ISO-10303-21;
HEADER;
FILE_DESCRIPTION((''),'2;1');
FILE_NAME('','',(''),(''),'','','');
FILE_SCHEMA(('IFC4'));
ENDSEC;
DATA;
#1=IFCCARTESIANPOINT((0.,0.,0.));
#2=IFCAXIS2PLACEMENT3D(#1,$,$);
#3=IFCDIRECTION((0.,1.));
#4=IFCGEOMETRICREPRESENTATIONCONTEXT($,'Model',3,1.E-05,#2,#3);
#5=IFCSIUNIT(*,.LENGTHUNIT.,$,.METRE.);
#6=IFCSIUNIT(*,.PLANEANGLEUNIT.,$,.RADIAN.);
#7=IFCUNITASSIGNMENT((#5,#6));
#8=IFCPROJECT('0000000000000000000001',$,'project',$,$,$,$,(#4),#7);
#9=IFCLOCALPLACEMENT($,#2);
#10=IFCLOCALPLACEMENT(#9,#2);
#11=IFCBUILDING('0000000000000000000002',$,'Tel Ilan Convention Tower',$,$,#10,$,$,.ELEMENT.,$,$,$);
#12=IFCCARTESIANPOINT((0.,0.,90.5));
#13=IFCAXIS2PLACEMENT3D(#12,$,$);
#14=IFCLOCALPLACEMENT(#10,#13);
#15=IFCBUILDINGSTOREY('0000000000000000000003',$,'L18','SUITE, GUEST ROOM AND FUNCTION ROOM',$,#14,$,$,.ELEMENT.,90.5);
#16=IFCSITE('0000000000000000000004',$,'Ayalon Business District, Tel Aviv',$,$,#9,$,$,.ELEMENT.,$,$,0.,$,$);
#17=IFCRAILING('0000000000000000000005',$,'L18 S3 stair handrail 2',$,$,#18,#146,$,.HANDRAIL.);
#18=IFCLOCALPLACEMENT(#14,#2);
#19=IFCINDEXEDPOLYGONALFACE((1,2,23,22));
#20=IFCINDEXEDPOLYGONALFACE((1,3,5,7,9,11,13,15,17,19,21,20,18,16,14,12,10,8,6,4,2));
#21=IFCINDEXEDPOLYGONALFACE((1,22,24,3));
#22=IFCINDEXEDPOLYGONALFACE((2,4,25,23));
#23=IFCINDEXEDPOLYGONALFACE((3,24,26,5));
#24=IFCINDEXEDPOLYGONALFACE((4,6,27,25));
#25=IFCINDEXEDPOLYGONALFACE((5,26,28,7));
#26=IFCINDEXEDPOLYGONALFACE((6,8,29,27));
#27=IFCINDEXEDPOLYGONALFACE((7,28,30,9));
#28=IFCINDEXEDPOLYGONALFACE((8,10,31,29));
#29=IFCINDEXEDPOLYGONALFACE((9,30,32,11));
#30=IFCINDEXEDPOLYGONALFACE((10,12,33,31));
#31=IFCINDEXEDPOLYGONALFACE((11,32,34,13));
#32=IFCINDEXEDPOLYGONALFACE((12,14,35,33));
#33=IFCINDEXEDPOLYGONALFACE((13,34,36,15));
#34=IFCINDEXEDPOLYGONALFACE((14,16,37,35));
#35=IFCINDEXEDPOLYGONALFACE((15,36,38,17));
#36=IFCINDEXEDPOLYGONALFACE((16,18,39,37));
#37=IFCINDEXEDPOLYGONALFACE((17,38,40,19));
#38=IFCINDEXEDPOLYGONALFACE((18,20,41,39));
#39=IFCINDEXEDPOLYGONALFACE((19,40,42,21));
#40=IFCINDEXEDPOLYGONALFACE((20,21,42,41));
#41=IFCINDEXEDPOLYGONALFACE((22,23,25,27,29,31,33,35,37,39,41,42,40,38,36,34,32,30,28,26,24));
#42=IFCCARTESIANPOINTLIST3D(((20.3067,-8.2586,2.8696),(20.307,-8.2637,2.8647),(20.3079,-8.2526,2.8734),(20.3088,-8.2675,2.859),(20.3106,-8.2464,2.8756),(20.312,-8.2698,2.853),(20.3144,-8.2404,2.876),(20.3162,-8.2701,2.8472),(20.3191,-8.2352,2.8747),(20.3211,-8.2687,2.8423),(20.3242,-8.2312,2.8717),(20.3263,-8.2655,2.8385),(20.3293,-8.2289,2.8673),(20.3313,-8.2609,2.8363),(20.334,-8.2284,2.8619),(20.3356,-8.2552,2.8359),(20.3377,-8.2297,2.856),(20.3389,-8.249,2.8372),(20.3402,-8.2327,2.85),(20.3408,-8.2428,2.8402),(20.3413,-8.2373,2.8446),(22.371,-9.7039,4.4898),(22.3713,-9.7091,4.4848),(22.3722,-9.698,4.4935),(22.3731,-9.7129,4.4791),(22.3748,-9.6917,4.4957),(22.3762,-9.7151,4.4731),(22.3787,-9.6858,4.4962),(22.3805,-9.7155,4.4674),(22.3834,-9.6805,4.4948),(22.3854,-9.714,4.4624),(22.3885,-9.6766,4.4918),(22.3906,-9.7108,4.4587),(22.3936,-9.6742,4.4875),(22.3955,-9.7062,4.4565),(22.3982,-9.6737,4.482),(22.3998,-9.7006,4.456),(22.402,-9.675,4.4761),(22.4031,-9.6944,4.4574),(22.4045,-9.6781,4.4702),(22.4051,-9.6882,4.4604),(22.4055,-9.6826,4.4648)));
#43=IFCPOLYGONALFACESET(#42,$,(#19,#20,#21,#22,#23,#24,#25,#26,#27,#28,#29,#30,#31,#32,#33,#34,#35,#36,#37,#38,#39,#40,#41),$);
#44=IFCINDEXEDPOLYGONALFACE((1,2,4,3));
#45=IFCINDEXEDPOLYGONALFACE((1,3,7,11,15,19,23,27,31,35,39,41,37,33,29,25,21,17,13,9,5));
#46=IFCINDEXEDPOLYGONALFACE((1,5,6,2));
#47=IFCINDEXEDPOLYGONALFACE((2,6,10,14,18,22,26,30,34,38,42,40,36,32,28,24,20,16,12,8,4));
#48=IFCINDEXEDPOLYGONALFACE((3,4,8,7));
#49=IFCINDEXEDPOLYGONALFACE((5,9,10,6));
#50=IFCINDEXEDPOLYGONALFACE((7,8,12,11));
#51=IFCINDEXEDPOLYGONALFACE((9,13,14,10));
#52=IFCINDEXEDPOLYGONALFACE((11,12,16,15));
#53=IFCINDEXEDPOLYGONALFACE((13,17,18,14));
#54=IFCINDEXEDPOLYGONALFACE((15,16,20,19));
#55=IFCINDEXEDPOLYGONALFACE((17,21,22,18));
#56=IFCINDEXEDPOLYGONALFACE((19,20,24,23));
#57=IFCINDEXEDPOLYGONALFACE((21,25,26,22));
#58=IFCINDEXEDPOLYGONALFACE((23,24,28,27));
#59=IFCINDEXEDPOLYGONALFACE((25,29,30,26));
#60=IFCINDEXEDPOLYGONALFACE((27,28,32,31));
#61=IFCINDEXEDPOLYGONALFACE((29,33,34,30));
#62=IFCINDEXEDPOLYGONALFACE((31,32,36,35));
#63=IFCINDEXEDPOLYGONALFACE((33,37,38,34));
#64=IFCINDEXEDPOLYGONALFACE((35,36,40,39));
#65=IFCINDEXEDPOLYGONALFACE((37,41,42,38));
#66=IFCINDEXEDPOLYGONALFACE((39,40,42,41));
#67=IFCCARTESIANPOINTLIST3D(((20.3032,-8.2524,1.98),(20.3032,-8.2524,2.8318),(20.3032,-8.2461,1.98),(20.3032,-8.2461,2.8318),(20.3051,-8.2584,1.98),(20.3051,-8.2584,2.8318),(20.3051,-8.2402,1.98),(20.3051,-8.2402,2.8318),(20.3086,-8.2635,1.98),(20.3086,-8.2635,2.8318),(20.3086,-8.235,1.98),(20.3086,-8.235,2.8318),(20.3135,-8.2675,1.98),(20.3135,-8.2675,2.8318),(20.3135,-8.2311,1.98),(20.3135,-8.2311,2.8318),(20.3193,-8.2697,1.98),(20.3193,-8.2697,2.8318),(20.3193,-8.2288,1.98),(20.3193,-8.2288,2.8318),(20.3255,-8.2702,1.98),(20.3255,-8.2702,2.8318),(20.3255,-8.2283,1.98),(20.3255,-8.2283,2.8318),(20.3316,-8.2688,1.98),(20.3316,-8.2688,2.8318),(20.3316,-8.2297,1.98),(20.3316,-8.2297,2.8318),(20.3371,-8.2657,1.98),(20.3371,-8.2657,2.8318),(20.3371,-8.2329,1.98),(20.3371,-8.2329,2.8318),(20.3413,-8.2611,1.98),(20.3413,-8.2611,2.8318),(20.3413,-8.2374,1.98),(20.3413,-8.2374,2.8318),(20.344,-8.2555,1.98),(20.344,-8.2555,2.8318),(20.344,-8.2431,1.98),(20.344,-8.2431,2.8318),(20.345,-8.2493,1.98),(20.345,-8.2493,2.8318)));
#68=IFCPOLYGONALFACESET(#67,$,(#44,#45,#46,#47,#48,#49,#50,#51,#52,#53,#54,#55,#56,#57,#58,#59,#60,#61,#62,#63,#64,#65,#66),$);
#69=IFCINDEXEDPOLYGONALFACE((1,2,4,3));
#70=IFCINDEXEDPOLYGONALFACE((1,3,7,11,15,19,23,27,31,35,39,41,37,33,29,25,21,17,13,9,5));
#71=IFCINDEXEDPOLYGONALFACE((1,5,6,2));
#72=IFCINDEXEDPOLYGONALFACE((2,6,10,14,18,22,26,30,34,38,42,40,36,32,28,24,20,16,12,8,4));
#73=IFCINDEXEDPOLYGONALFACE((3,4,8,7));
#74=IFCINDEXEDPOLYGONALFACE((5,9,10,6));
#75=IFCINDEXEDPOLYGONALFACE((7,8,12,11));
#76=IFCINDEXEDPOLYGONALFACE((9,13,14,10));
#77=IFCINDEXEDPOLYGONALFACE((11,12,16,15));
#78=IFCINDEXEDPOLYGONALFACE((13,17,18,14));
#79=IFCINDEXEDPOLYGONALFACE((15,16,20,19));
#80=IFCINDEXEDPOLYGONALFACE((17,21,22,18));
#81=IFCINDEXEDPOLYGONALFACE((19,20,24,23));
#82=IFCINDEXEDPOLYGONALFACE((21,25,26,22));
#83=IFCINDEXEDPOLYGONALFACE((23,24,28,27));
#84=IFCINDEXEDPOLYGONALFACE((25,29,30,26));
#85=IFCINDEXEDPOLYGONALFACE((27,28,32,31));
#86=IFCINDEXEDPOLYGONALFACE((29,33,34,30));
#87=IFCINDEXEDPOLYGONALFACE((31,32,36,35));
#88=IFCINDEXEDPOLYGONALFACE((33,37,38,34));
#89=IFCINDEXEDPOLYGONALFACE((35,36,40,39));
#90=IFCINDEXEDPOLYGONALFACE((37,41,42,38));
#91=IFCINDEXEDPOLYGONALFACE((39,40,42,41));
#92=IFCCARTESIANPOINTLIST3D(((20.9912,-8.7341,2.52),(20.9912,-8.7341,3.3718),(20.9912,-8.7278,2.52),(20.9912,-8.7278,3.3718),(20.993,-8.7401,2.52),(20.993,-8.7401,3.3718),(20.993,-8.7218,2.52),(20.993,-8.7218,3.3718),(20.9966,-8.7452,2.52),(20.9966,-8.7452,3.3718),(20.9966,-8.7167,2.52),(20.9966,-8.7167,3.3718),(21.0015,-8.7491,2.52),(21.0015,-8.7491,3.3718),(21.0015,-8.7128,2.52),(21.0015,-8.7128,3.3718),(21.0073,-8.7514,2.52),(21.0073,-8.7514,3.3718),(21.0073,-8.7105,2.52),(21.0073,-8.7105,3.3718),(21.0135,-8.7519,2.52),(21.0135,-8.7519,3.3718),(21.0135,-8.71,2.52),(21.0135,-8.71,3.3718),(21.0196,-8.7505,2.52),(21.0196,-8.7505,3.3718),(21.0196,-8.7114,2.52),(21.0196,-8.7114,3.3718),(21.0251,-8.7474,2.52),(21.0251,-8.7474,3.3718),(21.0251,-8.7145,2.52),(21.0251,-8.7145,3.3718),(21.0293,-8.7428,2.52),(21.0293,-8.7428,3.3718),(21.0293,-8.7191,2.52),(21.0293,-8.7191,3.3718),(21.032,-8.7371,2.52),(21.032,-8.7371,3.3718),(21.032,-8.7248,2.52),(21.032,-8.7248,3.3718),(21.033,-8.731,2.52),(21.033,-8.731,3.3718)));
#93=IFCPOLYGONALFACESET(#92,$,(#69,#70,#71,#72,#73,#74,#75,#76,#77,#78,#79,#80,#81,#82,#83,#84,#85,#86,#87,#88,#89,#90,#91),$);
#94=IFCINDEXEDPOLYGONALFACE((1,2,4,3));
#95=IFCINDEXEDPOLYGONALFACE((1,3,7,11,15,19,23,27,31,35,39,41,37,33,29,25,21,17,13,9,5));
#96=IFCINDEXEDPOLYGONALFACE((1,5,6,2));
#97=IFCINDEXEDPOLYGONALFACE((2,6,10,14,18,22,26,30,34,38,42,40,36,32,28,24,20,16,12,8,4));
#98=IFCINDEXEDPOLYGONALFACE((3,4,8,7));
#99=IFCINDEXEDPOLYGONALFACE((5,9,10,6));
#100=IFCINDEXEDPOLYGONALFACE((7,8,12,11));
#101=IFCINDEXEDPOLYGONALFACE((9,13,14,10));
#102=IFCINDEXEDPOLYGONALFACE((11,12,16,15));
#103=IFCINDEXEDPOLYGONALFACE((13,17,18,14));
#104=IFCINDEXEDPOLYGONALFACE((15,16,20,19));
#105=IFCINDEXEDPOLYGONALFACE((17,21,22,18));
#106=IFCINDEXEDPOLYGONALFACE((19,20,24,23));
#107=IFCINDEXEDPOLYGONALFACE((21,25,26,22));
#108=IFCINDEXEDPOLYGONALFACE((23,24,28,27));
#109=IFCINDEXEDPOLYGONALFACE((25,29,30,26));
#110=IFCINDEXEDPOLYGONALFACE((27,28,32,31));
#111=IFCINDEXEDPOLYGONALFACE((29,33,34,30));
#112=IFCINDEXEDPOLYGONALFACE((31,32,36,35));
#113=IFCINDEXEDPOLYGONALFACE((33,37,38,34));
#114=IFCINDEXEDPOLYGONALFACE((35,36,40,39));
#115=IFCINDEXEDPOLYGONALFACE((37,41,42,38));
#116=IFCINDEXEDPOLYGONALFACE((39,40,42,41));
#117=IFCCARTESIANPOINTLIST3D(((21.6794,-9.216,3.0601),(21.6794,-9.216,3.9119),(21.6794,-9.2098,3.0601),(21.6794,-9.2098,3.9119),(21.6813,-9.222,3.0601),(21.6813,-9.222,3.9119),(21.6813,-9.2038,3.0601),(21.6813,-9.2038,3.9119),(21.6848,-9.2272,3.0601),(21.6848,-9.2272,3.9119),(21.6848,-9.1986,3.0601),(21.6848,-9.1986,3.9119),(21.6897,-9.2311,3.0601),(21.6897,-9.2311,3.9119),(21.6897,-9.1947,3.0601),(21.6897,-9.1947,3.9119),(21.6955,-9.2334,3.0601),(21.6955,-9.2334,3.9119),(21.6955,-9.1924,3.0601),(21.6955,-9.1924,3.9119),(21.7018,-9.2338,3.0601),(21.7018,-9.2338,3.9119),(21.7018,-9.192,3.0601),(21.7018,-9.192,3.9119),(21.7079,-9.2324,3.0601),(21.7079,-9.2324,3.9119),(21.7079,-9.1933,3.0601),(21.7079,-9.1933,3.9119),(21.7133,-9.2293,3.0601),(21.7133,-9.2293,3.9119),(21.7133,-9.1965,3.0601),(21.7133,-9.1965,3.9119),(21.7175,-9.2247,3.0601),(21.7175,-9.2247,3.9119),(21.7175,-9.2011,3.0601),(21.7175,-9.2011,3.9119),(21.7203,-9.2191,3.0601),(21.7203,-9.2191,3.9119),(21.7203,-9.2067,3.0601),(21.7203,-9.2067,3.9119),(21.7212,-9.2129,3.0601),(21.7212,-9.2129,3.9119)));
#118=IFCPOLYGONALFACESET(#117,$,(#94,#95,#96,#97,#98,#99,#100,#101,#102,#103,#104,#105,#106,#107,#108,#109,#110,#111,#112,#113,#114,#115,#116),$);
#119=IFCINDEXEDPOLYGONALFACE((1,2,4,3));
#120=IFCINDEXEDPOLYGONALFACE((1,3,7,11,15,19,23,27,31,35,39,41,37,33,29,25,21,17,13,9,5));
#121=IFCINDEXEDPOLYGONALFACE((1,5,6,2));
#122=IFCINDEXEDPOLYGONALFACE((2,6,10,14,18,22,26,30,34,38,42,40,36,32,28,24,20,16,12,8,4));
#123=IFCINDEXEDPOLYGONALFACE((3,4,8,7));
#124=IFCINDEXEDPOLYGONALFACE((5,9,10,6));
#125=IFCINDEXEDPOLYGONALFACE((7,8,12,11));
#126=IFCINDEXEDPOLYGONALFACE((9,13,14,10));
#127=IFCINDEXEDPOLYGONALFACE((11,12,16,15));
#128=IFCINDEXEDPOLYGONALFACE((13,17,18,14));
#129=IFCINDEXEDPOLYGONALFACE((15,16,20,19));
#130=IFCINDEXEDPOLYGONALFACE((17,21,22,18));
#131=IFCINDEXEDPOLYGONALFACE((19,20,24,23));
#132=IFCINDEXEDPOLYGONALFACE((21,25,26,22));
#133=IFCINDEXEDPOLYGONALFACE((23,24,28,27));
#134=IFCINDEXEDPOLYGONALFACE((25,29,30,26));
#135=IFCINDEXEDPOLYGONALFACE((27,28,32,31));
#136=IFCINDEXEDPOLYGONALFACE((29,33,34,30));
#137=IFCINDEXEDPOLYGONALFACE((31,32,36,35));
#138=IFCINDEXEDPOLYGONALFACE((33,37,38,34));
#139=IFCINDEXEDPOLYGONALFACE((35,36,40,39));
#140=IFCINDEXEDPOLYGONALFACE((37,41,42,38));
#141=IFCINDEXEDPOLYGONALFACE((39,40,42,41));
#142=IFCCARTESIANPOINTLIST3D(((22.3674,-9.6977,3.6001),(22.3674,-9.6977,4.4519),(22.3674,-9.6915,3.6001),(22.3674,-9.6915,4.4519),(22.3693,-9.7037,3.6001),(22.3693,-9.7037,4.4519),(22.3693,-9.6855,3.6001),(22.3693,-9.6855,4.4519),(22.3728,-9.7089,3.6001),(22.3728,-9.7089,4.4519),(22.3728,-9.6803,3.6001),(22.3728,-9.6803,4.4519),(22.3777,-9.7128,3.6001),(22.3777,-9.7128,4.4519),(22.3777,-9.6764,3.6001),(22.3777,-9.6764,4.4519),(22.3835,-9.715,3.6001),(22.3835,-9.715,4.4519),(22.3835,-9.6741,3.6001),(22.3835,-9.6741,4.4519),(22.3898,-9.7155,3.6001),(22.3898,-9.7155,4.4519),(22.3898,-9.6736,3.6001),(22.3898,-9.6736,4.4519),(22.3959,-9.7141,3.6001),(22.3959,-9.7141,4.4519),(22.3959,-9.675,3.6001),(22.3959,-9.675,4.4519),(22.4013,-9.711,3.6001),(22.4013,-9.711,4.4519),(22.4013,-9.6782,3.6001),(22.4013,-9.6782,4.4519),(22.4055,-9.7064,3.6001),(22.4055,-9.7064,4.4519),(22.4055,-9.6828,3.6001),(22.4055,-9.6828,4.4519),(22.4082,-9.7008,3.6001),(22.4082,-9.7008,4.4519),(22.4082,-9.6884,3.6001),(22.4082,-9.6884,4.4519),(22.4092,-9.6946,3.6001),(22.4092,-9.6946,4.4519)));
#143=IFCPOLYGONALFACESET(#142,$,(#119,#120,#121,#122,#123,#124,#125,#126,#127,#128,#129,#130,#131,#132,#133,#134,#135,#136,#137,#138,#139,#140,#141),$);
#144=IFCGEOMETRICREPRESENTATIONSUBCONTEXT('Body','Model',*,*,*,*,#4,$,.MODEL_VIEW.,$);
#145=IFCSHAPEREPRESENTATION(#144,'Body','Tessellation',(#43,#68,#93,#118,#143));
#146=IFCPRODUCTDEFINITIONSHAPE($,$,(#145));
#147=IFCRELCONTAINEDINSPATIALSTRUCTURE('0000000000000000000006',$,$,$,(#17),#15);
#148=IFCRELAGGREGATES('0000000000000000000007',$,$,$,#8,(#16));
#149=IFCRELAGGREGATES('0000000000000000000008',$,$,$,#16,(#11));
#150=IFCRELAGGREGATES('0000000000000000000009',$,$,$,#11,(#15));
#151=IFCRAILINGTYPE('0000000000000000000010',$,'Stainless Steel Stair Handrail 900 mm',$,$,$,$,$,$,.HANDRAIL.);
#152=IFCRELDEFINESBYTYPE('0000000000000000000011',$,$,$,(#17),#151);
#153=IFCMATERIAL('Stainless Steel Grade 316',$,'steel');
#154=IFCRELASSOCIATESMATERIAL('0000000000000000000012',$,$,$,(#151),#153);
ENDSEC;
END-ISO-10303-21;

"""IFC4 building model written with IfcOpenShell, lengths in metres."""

from ifc_helpers import new_model, si_unit, direction, frame, origin, origin_2d, place, context, subcontext, project, spatial, circle, extrude, material, type_object, element, save


model = new_model("IFC4")

# Units and contexts
model_context = context("Model", 3, precision=1e-05, world=origin(), true_north=direction((0.0, 1.0)))
body_context = subcontext(model_context, "Body", "Model", "MODEL_VIEW")
ifc_project = project(units=[si_unit("LENGTHUNIT", "METRE"), si_unit("PLANEANGLEUNIT", "RADIAN")], contexts=[model_context])

# Site, building, storey
site_placement = place(None, origin())
site = spatial("IfcSite", under=ifc_project, at=site_placement, Name="Ayalon Business District, Tel Aviv", CompositionType="ELEMENT", RefElevation=0.0)
building_placement = place(site_placement, origin())
building = spatial("IfcBuilding", under=site, at=building_placement, Name="Tel Ilan Convention Tower", CompositionType="ELEMENT")
storey_placement = place(building_placement, frame((0.0, 0.0, 90.5)))
storey = spatial("IfcBuildingStorey", under=building, at=storey_placement, Name="L18", Description="SUITE, GUEST ROOM AND FUNCTION ROOM", CompositionType="ELEMENT", Elevation=90.5)

# Railing
ifc_material_1 = material(Name="Stainless Steel Grade 316", Category="steel")
railing_type_1 = type_object("IfcRailingType", Name="Stainless Steel Stair Handrail 900 mm", PredefinedType="HANDRAIL", material=ifc_material_1)
for number, where, name in (
    (1, (20.324, -8.2493, 1.98), "L18 S3 stair handrail 2"),
):
    element("IfcRailing", number, at=place(storey_placement, frame(where)), inside=storey, type_object=railing_type_1, Name=name, PredefinedType="HANDRAIL", context=body_context, shape_type="SweptSolid", body=[
        extrude(circle(Radius=0.0239, at=origin_2d()), frame((0.0, 0.0, 0.876), z_axis=(0.68904, -0.48245, 0.540801), x_axis=(0.57356, 0.819164, 0.0)), (0.0, 0.0, 1.0), 2.9958),
        extrude(circle(Radius=0.021, at=origin_2d()), origin(), (0.0, 0.0, 1.0), 0.8518),
        extrude(circle(Radius=0.021, at=origin_2d()), frame((0.688, -0.4817, 0.54)), (0.0, 0.0, 1.0), 0.8518),
        extrude(circle(Radius=0.021, at=origin_2d()), frame((1.3762, -0.9636, 1.0801)), (0.0, 0.0, 1.0), 0.8518),
        extrude(circle(Radius=0.021, at=origin_2d()), frame((2.0642, -1.4453, 1.6201)), (0.0, 0.0, 1.0), 0.8518),
    ])

save(model, "model.ifc")
